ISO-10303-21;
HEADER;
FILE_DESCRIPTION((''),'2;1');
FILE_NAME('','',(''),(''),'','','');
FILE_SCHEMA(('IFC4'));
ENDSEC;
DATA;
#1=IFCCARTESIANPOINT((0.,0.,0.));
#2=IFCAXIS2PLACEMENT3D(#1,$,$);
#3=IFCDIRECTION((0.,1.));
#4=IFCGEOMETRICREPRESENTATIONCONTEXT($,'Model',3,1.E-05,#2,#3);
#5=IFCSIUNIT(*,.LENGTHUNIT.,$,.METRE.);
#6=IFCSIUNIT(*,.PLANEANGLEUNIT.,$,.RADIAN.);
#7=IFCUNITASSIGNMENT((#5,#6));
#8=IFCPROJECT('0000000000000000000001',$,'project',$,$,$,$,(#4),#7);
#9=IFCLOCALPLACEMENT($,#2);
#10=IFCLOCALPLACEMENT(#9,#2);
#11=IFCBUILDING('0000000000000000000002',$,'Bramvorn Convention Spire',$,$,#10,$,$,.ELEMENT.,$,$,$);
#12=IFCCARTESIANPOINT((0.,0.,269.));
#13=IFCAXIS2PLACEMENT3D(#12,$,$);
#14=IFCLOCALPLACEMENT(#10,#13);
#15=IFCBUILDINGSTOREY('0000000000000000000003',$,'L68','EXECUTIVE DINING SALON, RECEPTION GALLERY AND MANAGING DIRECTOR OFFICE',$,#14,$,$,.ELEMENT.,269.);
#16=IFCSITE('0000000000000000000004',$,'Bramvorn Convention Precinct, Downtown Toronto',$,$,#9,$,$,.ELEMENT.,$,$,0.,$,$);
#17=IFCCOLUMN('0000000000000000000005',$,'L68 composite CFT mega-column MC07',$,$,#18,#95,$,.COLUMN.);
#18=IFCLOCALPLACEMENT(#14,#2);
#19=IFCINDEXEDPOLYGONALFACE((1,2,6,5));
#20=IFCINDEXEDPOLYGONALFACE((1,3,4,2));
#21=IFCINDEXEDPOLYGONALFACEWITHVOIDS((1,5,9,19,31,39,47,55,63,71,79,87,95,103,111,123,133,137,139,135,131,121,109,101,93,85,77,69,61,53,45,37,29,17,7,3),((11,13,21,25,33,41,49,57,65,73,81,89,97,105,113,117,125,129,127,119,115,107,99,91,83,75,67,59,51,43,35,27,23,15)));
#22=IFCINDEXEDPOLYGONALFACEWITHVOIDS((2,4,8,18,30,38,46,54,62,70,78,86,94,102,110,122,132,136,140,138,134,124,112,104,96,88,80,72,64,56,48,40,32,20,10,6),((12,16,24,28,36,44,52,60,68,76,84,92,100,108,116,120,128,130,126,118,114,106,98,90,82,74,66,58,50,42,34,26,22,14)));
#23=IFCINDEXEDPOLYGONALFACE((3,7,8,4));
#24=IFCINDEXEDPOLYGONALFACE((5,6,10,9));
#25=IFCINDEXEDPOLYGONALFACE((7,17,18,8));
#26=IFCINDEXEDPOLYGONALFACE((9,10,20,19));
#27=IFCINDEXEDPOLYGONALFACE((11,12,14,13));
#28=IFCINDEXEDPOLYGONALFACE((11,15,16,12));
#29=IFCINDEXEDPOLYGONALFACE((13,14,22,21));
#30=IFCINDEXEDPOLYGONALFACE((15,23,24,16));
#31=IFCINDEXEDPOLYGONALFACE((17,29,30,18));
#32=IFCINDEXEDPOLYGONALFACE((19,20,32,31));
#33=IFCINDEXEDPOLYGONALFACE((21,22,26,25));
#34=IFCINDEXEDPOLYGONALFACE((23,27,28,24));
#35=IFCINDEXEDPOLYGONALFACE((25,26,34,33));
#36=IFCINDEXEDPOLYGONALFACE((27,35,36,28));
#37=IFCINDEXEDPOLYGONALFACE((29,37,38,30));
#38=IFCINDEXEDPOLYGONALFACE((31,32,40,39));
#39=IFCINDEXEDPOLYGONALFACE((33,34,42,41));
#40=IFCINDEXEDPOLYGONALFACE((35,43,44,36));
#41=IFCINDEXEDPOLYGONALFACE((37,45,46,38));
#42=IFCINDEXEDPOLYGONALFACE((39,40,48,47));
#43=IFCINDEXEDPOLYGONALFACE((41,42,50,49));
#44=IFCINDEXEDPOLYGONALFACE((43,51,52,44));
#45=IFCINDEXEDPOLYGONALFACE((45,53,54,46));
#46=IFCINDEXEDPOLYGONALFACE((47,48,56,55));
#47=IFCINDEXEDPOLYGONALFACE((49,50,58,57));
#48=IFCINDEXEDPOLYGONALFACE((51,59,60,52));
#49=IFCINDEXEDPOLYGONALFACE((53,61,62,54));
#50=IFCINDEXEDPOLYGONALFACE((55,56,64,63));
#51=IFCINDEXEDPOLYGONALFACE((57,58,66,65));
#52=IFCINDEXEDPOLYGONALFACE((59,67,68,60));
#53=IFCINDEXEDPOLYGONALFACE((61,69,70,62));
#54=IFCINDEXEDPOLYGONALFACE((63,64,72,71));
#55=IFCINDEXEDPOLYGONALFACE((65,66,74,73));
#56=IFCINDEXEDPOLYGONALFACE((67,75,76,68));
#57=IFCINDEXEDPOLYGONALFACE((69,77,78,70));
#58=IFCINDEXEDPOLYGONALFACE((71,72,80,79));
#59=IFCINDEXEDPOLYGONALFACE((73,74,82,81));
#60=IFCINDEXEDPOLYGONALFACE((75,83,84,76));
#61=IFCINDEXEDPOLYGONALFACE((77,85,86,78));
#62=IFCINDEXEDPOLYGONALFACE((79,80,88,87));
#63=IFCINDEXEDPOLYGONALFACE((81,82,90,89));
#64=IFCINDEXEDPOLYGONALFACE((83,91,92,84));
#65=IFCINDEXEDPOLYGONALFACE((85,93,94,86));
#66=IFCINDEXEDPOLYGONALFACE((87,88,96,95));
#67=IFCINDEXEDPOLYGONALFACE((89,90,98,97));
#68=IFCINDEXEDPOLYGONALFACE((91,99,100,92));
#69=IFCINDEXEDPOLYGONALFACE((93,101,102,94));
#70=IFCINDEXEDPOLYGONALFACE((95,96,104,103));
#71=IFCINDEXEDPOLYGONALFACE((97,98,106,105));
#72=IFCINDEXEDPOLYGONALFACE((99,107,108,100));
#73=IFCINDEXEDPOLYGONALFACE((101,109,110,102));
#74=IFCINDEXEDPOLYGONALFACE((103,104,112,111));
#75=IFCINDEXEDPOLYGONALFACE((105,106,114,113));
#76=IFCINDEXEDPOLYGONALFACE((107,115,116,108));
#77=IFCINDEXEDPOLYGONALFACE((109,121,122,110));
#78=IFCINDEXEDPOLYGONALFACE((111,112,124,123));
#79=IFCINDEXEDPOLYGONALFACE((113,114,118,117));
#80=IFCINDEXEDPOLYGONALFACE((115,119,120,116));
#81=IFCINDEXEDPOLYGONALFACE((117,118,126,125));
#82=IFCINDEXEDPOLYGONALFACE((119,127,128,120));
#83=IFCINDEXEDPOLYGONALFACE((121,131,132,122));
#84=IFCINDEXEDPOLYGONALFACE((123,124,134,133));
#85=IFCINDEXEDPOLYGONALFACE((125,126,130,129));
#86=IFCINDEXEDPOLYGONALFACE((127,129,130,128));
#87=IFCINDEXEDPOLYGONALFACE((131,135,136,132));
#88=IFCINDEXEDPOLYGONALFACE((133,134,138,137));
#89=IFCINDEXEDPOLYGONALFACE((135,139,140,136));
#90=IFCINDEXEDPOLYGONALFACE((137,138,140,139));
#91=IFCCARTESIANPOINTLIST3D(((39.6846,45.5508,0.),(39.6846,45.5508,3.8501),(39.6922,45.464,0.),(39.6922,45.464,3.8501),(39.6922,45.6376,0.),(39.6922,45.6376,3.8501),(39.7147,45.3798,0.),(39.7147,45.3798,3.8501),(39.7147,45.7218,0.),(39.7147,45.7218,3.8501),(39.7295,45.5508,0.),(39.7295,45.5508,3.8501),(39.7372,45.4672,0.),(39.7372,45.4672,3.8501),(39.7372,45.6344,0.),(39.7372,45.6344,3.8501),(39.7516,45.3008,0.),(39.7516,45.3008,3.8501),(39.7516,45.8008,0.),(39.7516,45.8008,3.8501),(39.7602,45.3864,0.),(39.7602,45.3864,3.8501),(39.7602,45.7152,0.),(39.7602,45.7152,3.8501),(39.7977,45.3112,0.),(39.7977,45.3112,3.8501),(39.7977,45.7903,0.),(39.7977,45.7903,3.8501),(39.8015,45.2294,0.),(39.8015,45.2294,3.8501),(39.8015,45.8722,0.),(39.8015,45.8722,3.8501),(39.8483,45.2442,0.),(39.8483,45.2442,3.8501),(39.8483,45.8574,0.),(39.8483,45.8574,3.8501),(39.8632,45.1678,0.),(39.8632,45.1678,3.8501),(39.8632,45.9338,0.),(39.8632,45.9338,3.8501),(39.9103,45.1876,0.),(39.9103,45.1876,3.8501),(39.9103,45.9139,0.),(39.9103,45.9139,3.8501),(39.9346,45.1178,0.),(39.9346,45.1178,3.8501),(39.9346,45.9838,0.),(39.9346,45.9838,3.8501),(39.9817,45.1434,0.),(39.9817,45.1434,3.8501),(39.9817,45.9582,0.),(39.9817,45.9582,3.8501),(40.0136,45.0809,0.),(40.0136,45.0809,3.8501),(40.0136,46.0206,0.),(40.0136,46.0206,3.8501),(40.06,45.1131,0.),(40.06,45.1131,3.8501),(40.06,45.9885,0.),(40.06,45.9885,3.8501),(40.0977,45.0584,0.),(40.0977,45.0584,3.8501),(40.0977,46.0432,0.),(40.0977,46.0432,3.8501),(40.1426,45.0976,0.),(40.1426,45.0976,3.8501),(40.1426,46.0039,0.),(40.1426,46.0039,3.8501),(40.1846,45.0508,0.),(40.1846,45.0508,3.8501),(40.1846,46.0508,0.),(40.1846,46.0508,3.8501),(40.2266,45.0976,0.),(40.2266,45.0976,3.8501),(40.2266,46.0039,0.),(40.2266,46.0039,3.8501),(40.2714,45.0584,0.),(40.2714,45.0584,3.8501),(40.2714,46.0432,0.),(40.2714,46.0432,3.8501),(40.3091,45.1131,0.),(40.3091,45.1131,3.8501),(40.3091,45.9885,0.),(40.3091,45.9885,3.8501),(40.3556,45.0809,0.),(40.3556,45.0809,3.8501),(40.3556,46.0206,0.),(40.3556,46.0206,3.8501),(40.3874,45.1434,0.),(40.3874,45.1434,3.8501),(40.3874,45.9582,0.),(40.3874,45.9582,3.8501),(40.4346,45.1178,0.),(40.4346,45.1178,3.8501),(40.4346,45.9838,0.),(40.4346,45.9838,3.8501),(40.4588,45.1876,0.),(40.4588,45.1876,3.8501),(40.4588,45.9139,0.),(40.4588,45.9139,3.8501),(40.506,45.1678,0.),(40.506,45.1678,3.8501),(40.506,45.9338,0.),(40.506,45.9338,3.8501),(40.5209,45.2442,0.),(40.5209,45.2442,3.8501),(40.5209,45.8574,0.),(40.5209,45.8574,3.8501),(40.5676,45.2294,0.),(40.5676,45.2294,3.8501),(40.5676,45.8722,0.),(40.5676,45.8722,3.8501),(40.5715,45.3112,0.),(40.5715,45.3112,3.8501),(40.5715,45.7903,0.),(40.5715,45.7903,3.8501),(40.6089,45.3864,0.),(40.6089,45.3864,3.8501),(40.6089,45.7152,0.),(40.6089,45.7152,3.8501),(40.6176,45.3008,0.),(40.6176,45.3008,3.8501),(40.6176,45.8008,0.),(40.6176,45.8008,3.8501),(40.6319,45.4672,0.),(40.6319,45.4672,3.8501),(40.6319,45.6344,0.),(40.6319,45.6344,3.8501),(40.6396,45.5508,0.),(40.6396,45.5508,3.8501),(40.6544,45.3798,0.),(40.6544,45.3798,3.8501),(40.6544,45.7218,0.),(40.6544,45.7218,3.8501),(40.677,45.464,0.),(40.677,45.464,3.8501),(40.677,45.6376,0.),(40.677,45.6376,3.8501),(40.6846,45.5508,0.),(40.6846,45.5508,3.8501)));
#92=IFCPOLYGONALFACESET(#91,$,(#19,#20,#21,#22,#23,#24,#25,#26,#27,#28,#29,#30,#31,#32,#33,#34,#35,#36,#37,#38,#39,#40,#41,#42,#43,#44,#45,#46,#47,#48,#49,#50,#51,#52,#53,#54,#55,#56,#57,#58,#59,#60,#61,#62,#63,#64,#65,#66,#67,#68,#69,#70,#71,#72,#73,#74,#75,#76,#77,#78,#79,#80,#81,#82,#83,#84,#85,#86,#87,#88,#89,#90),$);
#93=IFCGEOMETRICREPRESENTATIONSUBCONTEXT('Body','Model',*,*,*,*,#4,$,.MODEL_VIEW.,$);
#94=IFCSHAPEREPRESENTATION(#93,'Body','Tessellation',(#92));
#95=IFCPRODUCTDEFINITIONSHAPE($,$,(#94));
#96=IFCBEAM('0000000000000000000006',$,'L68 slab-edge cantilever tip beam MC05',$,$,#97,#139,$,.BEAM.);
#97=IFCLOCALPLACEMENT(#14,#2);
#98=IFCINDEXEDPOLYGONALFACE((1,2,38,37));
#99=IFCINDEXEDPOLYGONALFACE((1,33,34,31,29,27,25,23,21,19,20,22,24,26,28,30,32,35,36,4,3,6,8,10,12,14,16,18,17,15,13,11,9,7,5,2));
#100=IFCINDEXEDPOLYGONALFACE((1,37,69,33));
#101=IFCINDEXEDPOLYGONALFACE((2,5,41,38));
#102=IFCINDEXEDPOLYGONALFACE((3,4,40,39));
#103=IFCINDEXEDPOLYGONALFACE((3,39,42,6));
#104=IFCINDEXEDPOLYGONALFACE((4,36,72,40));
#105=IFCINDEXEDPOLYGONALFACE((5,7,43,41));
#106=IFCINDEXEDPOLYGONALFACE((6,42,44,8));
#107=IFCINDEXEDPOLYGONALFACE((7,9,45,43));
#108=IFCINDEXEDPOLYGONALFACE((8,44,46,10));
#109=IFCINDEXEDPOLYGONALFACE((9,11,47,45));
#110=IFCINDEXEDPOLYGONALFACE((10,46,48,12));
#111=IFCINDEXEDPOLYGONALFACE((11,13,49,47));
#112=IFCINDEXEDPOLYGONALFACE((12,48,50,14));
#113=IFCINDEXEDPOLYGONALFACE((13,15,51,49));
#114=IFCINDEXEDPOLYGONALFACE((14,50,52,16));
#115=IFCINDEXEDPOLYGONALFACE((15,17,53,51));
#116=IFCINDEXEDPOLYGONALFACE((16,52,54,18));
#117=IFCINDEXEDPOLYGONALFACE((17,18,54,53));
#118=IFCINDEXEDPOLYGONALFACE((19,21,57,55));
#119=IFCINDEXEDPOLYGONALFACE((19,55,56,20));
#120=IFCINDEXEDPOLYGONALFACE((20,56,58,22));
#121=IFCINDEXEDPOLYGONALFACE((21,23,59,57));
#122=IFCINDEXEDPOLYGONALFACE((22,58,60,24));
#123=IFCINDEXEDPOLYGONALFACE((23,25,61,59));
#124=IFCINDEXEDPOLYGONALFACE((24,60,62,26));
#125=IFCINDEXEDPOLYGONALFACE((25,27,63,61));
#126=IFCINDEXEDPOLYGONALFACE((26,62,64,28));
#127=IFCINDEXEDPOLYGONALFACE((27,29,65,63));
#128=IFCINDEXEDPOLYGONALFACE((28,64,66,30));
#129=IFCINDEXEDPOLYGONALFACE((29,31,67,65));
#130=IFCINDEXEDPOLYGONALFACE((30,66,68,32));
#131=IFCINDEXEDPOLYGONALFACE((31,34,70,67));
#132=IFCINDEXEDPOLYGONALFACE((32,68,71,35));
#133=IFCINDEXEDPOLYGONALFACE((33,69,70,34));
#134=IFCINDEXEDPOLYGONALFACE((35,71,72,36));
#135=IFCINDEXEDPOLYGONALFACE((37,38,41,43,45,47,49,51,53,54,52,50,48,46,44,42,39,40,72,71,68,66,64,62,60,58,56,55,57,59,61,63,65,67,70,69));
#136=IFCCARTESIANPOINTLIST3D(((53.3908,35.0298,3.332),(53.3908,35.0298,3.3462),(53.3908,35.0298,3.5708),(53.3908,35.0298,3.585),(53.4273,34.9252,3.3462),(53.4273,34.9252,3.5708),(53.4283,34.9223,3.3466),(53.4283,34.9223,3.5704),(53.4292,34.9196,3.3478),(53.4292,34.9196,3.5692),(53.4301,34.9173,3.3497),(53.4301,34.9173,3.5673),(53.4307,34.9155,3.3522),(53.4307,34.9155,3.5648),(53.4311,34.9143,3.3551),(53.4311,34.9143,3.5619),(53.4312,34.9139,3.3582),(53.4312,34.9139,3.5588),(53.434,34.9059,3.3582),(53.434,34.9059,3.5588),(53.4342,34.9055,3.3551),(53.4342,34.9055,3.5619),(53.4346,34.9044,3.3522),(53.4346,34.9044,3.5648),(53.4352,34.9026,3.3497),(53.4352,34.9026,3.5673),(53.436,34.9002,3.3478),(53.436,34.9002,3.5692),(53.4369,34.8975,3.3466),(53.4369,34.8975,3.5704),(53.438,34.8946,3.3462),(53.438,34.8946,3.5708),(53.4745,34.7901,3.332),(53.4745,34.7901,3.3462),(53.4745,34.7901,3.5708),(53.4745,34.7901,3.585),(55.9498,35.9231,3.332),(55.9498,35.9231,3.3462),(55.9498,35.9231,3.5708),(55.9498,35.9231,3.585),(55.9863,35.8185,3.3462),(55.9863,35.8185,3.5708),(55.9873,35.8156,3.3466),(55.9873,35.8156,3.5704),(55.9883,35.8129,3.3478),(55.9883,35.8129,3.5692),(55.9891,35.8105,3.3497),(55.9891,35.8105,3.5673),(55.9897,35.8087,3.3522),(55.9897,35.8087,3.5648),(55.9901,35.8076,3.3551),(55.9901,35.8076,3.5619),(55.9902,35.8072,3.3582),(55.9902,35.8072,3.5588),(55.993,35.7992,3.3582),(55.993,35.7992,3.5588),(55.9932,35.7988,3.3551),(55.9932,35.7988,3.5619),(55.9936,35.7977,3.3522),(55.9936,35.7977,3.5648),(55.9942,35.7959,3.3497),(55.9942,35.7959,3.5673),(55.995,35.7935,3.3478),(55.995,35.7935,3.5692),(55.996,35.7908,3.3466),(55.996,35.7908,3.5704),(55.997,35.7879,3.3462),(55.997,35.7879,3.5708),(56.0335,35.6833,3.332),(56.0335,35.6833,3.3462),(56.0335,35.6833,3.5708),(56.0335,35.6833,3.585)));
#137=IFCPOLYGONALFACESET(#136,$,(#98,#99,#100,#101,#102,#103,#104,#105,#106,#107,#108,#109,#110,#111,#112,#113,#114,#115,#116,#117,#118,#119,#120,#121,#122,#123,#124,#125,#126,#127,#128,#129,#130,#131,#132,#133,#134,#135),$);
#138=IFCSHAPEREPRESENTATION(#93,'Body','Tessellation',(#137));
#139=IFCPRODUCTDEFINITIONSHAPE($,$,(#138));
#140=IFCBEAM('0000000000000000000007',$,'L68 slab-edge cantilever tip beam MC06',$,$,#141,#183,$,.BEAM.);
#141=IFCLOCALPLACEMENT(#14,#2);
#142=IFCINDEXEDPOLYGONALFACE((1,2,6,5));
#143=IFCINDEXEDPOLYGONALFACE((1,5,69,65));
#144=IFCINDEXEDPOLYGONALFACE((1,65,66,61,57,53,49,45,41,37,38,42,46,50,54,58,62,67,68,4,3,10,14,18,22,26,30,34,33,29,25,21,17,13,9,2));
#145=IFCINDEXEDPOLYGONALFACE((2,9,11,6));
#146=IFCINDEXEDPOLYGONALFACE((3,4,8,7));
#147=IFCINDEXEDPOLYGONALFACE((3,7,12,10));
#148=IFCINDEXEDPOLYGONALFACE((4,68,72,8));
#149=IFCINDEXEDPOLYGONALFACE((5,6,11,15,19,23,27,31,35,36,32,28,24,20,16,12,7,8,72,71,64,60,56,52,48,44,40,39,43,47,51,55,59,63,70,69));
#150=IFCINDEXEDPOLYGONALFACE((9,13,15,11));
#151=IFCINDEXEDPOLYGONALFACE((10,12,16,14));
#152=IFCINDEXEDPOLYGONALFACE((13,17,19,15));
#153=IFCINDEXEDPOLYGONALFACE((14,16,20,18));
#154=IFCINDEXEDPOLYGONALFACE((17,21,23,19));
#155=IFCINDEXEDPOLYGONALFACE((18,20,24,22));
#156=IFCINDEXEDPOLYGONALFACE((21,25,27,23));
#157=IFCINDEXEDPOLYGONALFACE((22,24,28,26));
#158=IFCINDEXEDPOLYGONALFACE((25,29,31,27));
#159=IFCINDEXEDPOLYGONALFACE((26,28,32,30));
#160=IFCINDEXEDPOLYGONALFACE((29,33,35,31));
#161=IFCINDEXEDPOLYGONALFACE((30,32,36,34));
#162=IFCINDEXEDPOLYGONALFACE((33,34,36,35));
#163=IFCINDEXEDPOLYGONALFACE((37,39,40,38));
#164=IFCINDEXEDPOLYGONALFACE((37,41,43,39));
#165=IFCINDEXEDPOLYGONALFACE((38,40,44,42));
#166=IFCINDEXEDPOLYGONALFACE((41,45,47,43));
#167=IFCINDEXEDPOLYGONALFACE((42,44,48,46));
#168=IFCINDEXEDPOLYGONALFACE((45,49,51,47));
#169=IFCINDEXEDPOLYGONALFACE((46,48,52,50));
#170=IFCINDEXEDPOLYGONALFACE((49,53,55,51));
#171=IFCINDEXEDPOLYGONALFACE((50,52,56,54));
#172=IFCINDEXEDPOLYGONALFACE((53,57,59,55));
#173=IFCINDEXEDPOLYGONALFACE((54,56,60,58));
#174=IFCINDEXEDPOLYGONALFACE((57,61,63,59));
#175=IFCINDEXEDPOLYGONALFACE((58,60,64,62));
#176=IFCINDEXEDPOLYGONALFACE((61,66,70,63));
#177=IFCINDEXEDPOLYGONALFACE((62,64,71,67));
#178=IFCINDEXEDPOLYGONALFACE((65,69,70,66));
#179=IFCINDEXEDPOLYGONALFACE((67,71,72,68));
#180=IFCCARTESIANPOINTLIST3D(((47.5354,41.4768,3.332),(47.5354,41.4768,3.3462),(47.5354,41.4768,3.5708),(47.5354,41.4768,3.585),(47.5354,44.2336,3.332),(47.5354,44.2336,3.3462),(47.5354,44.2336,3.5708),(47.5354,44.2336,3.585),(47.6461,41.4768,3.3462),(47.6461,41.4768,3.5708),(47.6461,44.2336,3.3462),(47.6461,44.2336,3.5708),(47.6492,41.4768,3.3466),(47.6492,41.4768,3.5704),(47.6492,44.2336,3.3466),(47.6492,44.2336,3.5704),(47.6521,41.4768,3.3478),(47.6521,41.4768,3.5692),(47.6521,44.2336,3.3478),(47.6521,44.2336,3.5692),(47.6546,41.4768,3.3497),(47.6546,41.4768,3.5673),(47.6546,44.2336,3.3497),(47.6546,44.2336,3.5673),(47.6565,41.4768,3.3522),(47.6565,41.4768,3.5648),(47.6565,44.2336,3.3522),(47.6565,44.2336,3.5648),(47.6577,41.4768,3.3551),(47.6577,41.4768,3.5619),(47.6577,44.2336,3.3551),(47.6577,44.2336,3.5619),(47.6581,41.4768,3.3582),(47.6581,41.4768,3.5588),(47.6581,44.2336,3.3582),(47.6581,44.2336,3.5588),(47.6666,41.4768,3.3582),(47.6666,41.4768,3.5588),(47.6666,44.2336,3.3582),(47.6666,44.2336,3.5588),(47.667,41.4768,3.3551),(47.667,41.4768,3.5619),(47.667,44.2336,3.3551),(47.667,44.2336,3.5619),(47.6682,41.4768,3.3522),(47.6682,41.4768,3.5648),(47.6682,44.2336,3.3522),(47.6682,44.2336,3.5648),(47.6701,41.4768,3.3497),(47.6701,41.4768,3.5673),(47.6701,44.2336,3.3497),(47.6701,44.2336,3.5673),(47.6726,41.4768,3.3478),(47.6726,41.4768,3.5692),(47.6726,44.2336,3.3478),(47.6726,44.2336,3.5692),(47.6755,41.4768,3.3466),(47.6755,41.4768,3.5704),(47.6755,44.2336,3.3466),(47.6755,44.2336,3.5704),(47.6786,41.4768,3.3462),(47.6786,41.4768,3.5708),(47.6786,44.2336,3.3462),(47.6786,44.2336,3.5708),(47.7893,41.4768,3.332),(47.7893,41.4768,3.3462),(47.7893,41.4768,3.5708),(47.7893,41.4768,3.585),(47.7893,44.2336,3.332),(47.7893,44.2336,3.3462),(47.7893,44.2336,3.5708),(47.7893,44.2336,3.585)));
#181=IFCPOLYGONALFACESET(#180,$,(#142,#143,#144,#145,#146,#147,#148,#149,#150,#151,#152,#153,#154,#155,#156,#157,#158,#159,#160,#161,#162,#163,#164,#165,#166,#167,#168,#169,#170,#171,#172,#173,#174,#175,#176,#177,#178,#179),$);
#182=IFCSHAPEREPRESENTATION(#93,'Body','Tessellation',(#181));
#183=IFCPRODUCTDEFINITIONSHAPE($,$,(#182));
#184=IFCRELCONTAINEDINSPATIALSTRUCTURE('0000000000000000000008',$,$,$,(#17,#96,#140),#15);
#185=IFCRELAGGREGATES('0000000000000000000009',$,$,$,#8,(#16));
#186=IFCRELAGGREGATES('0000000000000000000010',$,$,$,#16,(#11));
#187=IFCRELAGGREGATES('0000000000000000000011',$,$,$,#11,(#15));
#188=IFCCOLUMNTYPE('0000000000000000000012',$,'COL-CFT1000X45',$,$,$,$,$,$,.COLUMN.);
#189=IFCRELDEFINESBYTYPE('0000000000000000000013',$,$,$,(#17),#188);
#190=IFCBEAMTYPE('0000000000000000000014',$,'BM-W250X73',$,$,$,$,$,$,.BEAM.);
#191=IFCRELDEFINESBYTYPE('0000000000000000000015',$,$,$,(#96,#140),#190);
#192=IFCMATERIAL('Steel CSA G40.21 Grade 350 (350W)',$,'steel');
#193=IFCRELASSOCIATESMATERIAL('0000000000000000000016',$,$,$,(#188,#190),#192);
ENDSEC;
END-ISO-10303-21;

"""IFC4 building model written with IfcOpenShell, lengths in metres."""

from ifc_helpers import new_model, si_unit, direction, frame, origin, origin_2d, place, context, subcontext, project, spatial, hollow_circle, i_section, extrude, material, material_profile, profile_set, type_object, element, save


model = new_model("IFC4")

# Units and contexts
model_context = context("Model", 3, precision=1e-05, world=origin(), true_north=direction((0.0, 1.0)))
body_context = subcontext(model_context, "Body", "Model", "MODEL_VIEW")
ifc_project = project(units=[si_unit("LENGTHUNIT", "METRE"), si_unit("PLANEANGLEUNIT", "RADIAN")], contexts=[model_context])

# Site, building, storey
site_placement = place(None, origin())
site = spatial("IfcSite", under=ifc_project, at=site_placement, Name="Bramvorn Convention Precinct, Downtown Toronto", CompositionType="ELEMENT", RefElevation=0.0)
building_placement = place(site_placement, origin())
building = spatial("IfcBuilding", under=site, at=building_placement, Name="Bramvorn Convention Spire", CompositionType="ELEMENT")
storey_placement = place(building_placement, frame((0.0, 0.0, 269.0)))
storey = spatial("IfcBuildingStorey", under=building, at=storey_placement, Name="L68", Description="EXECUTIVE DINING SALON, RECEPTION GALLERY AND MANAGING DIRECTOR OFFICE", CompositionType="ELEMENT", Elevation=269.0)

# Column
ifc_material_1 = material(Name="Steel CSA G40.21 Grade 350 (350W)", Category="steel")
ifc_material_profile_1 = material_profile(ifc_material_1, hollow_circle(Radius=0.5, WallThickness=0.0449, at=origin_2d()))
ifc_profile_set_1 = profile_set([ifc_material_profile_1], Name="Steel CSA G40.21 Grade 350 (350W) - CFT1000X45")
column_type = type_object("IfcColumnType", Name="COL-CFT1000X45", PredefinedType="COLUMN", material=ifc_profile_set_1)
for number, where, z_axis, x_axis, name in (
    (1, (40.1846, 45.5508, 0.0), (0.0, 0.0, 1.0), (1.0, 0.0, 0.0), "L68 composite CFT mega-column MC07"),
):
    element("IfcColumn", number, at=place(storey_placement, frame(where, z_axis=z_axis, x_axis=x_axis)), inside=storey, type_object=column_type, Name=name, PredefinedType="COLUMN", context=body_context, shape_type="SweptSolid", body=[
        extrude(hollow_circle(Radius=0.5, WallThickness=0.0449, at=origin_2d()), origin(), (0.0, 0.0, 1.0), 3.8501),
    ])

# Beams
ifc_material_profile_2 = material_profile(ifc_material_1, i_section(OverallWidth=0.2539, OverallDepth=0.2529, WebThickness=0.0085, FlangeThickness=0.0142, FilletRadius=0.012, at=origin_2d()))
ifc_profile_set_2 = profile_set([ifc_material_profile_2], Name="Steel CSA G40.21 Grade 350 (350W) - W250X73")
beam_type_1 = type_object("IfcBeamType", Name="BM-W250X73", PredefinedType="BEAM", material=ifc_profile_set_2)
beam_1_placement = place(storey_placement, frame((53.4326, 34.9099, 3.4585), z_axis=(0.94413, 0.329572, 0.0), x_axis=(-0.329572, 0.94413, 0.0)))
element("IfcBeam", 2, at=beam_1_placement, inside=storey, type_object=beam_type_1, Name="L68 slab-edge cantilever tip beam MC05", PredefinedType="BEAM", context=body_context, shape_type="SweptSolid", body=[
    extrude(i_section(OverallWidth=0.2539, OverallDepth=0.2529, WebThickness=0.0085, FlangeThickness=0.0142, FilletRadius=0.012, at=origin_2d()), origin(), (0.0, 0.0, 1.0), 2.7104),
])
beam_2_placement = place(storey_placement, frame((47.6624, 41.4768, 3.4585), z_axis=(0.0, 1.0, 0.0), x_axis=(-1.0, 0.0, 0.0)))
element("IfcBeam", 3, at=beam_2_placement, inside=storey, type_object=beam_type_1, Name="L68 slab-edge cantilever tip beam MC06", PredefinedType="BEAM", context=body_context, shape_type="SweptSolid", body=[
    extrude(i_section(OverallWidth=0.2539, OverallDepth=0.2529, WebThickness=0.0085, FlangeThickness=0.0142, FilletRadius=0.012, at=origin_2d()), origin(), (0.0, 0.0, 1.0), 2.7568),
])

save(model, "model.ifc")
